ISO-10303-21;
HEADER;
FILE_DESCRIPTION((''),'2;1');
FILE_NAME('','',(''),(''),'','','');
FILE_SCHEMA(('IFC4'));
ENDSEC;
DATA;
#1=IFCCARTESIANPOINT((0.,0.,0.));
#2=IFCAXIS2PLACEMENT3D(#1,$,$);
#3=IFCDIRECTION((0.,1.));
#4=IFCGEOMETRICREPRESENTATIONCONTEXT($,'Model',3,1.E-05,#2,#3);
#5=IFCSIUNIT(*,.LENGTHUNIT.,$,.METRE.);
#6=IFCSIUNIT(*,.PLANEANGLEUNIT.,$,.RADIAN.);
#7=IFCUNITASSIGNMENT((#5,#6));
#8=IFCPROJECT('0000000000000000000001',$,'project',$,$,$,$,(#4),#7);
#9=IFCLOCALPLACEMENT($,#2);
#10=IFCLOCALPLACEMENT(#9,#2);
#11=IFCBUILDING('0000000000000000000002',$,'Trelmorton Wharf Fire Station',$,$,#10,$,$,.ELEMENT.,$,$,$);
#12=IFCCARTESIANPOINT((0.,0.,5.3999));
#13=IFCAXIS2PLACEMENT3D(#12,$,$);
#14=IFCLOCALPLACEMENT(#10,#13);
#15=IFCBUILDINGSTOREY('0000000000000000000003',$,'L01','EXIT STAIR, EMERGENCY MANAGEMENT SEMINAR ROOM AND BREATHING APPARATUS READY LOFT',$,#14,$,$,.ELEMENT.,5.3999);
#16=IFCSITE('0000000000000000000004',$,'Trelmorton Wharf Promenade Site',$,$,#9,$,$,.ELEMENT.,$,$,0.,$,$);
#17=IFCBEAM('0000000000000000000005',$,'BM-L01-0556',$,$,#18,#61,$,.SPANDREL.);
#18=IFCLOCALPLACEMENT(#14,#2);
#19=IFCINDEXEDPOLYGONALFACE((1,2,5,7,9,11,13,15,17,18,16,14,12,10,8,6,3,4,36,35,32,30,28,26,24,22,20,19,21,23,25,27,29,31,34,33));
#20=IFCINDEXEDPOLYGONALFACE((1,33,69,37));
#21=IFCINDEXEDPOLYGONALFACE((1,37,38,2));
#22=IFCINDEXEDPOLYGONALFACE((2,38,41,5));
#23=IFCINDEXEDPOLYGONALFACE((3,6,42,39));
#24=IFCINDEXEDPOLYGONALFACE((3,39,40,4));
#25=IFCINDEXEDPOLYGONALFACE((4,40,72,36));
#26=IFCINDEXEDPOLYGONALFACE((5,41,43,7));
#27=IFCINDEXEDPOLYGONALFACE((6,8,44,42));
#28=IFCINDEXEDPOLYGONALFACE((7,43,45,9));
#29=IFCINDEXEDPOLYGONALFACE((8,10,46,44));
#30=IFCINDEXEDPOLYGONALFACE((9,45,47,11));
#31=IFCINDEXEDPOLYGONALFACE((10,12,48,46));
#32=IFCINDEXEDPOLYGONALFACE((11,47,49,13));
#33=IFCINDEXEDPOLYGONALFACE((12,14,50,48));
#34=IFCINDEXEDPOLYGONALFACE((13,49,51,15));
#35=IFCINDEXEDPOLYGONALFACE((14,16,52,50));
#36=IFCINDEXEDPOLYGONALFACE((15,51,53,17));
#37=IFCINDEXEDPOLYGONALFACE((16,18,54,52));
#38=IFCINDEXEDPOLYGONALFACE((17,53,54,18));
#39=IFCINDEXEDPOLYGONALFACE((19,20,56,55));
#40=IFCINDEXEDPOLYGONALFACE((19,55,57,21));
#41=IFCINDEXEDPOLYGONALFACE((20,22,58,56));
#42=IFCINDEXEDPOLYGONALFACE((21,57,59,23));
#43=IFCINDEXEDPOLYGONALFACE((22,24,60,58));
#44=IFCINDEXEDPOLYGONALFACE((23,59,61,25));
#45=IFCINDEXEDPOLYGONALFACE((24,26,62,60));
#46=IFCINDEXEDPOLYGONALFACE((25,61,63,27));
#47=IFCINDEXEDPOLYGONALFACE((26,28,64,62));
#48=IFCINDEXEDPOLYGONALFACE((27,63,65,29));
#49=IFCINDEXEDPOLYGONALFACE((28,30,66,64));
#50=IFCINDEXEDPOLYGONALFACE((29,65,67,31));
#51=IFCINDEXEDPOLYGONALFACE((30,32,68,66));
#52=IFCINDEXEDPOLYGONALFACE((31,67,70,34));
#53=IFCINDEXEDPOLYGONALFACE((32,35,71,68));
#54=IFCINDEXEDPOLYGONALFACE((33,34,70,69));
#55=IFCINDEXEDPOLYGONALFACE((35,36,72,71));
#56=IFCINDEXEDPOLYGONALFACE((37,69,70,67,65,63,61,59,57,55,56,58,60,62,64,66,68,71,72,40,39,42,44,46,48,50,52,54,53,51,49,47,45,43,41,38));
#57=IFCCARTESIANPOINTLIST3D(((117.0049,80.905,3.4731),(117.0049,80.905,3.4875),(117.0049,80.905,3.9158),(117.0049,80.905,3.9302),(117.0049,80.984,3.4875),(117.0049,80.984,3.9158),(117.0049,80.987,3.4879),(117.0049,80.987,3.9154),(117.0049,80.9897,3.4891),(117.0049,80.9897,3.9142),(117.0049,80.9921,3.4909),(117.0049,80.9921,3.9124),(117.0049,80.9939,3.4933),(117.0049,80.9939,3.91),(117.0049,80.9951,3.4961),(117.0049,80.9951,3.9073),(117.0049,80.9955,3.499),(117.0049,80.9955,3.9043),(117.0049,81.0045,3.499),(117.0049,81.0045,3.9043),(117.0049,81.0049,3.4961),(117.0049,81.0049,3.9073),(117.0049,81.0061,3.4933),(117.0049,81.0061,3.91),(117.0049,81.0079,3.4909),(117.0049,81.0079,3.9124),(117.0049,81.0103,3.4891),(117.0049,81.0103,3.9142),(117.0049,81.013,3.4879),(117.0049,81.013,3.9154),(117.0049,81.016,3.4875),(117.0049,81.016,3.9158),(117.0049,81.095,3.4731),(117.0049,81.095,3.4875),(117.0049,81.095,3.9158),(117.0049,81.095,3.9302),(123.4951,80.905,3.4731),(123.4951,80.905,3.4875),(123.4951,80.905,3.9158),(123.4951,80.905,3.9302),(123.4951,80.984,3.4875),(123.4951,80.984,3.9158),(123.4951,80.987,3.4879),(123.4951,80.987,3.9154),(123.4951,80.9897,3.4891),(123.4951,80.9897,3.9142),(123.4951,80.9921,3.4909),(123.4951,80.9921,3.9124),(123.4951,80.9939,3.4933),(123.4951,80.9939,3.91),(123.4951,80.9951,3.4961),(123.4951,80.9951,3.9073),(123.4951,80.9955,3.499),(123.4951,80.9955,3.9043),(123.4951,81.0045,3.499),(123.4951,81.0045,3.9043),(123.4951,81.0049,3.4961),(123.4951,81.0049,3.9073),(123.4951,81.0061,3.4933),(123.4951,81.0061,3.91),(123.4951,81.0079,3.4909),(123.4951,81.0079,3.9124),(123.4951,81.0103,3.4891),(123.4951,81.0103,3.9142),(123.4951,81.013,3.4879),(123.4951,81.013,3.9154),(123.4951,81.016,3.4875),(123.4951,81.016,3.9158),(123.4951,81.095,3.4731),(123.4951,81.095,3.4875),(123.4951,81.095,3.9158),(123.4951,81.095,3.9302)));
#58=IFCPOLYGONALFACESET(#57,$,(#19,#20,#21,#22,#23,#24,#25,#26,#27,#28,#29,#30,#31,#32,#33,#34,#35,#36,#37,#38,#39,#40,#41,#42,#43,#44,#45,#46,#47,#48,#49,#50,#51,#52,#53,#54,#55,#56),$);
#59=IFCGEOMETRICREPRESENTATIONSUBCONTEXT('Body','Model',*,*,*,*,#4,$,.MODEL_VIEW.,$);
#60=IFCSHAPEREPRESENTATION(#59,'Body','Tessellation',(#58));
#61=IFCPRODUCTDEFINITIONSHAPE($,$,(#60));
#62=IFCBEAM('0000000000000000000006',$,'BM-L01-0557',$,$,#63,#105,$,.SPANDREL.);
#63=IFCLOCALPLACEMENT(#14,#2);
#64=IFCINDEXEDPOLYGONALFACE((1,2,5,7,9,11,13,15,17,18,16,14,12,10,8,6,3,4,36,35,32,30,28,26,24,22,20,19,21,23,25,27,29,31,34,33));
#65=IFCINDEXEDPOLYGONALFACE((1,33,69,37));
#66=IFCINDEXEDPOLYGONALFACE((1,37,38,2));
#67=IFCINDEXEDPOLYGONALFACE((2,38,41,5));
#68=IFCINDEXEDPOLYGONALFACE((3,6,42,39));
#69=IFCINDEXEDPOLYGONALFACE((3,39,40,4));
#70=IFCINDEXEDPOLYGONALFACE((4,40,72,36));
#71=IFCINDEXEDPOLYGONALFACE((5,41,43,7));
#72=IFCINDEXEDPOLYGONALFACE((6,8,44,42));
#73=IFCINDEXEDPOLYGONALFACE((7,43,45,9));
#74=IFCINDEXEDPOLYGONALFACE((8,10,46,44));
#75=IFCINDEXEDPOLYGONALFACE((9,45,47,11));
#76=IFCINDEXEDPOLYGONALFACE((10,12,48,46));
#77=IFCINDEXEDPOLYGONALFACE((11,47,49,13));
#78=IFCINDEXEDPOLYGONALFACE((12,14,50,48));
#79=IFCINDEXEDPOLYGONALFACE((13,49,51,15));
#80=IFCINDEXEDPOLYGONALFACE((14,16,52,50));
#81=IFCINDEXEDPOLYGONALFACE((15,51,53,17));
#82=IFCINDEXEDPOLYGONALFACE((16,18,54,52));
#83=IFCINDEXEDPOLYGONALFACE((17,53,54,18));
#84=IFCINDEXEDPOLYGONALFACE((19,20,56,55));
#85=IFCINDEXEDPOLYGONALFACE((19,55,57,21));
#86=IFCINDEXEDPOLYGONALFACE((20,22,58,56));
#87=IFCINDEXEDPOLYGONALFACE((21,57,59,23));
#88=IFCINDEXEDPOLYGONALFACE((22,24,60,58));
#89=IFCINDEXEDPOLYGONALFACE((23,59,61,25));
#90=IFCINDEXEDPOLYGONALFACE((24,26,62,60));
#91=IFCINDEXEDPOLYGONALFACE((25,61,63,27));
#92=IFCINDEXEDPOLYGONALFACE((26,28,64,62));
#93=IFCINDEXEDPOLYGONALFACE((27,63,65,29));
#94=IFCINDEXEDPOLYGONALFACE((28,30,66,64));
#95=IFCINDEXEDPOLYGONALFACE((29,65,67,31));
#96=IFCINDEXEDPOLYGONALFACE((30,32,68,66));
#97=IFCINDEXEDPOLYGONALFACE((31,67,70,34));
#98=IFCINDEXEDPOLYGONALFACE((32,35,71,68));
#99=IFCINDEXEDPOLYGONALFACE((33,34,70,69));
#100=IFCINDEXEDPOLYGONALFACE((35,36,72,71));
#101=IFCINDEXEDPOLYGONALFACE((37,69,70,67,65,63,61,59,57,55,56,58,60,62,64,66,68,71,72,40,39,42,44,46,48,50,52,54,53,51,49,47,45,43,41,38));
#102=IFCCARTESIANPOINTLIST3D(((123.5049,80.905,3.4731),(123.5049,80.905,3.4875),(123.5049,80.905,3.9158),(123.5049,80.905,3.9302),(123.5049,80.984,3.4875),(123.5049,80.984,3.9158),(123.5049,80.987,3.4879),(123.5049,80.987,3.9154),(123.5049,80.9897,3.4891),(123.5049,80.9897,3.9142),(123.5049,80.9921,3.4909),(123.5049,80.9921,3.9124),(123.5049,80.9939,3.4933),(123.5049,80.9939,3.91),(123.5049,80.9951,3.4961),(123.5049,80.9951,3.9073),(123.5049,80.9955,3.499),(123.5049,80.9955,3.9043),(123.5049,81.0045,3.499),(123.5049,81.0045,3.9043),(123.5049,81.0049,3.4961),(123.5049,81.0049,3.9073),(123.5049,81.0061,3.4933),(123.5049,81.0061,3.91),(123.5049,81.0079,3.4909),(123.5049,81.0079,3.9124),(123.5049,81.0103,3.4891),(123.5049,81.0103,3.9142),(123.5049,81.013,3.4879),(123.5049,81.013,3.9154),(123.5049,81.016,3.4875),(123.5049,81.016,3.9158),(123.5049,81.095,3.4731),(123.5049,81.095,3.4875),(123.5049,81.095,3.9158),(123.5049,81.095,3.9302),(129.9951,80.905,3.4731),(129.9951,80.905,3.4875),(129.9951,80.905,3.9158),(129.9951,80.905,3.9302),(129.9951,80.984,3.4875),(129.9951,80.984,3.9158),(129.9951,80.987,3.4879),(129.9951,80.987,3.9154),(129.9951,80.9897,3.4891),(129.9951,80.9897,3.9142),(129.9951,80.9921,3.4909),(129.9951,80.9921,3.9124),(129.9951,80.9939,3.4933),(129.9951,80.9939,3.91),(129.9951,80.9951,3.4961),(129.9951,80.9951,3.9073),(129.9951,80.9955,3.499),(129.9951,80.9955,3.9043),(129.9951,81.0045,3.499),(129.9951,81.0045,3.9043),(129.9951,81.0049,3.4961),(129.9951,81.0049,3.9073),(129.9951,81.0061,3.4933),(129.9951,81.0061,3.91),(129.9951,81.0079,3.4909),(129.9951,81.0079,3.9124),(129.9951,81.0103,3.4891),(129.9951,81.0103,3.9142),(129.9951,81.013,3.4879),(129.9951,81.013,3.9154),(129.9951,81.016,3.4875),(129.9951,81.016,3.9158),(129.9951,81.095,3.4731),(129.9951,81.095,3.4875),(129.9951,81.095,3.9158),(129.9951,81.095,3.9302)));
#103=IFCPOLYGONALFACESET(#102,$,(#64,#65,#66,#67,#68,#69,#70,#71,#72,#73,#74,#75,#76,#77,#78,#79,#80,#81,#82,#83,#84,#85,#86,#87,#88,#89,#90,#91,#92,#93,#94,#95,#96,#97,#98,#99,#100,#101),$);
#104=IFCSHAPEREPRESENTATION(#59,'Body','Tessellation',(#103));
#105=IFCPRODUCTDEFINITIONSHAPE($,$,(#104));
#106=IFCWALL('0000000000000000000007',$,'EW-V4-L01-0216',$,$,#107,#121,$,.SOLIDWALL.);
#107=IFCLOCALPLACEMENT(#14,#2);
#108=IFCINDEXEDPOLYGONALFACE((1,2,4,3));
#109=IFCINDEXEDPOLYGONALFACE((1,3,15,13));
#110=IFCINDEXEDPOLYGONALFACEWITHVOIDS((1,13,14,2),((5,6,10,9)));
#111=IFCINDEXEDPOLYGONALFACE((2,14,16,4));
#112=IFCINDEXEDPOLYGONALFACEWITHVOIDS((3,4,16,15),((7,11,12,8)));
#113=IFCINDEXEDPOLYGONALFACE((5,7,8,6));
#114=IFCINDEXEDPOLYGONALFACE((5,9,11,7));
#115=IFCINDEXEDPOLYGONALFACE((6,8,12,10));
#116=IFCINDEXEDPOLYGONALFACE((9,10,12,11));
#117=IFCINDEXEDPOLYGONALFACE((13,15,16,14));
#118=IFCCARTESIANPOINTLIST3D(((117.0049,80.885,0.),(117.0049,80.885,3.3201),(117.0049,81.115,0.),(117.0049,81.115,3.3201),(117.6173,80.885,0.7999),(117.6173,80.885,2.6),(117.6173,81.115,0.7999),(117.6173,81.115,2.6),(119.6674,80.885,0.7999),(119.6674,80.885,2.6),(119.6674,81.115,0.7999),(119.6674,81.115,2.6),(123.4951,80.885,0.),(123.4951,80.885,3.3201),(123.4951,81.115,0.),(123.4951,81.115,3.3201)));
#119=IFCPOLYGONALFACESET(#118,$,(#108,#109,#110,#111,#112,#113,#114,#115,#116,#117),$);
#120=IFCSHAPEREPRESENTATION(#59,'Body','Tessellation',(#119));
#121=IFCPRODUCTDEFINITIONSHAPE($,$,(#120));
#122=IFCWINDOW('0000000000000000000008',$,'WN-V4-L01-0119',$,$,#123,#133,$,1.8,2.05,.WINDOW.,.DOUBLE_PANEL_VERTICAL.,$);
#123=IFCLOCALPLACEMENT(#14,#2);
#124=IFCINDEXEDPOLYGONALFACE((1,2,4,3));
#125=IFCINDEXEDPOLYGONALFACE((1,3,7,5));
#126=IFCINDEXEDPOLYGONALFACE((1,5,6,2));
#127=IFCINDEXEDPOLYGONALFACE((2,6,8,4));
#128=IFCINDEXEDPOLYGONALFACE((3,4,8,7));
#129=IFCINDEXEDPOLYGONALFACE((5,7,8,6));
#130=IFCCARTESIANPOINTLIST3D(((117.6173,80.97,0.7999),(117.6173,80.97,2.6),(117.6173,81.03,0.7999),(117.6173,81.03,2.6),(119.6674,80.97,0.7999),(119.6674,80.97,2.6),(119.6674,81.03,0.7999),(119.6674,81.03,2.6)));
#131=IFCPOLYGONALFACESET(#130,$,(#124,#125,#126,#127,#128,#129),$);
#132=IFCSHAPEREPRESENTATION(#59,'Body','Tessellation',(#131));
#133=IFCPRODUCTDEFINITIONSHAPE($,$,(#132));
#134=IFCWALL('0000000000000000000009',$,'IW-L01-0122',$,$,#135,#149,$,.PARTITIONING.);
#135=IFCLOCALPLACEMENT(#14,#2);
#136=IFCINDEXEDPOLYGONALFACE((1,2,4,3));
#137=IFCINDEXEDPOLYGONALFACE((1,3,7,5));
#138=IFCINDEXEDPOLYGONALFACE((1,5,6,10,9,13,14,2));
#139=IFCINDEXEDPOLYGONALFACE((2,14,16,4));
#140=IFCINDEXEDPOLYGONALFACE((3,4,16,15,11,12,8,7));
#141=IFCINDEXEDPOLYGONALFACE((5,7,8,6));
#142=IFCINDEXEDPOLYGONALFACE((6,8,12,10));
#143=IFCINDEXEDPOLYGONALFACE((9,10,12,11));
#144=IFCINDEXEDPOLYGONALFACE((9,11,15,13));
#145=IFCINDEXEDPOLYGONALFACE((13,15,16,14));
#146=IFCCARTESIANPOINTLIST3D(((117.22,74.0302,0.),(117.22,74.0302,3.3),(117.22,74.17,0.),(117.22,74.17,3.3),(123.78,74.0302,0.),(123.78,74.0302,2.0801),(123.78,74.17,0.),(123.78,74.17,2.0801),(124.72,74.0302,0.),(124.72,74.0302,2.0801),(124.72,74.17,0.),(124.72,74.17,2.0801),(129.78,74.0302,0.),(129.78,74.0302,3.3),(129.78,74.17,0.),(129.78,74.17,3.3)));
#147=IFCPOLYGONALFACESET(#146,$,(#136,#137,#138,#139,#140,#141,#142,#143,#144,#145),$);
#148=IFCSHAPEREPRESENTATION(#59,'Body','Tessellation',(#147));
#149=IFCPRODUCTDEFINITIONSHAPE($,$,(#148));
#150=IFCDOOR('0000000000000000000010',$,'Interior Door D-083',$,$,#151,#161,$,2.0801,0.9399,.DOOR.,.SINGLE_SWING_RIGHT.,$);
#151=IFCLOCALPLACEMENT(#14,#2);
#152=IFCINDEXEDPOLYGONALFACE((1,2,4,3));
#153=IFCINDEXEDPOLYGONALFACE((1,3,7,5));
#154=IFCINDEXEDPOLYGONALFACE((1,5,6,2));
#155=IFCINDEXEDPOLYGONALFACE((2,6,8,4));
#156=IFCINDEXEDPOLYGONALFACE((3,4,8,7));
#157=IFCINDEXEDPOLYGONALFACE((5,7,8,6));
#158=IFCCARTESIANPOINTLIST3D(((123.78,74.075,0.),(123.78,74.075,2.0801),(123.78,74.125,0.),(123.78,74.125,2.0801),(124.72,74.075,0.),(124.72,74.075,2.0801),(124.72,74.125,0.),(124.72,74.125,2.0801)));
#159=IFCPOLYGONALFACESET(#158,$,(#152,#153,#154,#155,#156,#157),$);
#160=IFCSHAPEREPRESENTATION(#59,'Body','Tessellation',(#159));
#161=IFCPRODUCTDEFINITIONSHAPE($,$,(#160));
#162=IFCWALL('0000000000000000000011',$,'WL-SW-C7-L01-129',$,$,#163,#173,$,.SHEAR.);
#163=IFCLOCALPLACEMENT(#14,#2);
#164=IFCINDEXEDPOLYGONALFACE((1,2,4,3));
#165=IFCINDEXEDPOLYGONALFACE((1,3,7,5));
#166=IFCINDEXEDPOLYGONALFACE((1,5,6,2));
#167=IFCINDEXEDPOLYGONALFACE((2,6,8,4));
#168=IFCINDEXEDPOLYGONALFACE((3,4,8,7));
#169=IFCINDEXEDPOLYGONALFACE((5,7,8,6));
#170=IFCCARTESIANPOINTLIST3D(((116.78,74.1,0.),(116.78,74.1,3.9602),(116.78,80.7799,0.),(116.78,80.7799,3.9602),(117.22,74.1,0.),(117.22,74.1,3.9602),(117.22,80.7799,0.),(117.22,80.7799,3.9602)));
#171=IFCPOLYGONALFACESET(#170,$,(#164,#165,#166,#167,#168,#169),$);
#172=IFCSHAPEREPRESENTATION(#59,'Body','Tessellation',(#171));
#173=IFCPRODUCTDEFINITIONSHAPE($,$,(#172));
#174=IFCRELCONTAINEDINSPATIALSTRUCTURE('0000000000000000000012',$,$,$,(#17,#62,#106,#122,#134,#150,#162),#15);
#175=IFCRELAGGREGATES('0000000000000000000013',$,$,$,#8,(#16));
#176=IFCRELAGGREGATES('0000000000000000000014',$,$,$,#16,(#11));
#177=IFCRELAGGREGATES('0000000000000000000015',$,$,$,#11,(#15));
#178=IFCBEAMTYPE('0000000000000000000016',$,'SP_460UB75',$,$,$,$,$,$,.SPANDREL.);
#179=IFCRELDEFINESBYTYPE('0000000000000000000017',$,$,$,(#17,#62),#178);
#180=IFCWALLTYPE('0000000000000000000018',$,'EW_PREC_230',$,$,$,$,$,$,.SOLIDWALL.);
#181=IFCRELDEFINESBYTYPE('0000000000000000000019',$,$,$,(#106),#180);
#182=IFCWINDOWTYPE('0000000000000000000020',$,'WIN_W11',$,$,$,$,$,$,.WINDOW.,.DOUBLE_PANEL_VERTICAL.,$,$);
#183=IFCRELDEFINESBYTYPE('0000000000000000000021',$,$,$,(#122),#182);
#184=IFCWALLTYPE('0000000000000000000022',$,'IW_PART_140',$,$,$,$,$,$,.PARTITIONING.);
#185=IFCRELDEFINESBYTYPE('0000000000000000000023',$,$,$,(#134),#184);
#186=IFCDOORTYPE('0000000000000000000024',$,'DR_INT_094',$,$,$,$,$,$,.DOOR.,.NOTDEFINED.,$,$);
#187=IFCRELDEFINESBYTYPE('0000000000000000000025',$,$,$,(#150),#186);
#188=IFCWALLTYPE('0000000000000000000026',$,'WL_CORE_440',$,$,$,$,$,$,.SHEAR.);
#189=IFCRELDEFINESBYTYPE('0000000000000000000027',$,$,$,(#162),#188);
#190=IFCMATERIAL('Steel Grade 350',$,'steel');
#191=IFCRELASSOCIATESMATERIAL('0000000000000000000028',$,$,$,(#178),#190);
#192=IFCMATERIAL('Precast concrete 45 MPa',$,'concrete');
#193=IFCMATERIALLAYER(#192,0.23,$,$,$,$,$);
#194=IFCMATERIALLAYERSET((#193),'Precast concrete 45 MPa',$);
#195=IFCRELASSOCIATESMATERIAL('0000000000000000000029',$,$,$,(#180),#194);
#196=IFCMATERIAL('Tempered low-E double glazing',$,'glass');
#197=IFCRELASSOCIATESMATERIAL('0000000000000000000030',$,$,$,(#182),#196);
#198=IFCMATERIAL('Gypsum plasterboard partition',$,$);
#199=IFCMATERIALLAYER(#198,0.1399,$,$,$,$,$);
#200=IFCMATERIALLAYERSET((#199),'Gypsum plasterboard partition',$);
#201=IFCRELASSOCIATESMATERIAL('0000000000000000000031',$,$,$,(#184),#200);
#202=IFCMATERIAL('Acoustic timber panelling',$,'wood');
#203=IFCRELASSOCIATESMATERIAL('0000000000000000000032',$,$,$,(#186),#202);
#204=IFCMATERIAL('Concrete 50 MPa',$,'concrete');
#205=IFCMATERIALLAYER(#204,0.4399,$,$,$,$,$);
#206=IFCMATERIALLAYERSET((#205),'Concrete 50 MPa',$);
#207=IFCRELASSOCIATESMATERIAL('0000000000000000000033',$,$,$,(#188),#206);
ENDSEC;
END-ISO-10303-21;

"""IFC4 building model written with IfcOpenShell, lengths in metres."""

from ifc_helpers import new_model, si_unit, direction, frame, frame_2d, origin, origin_2d, place, context, subcontext, project, spatial, rectangle, i_section, extrude, material, layer, layer_set, material_profile, profile_set, type_object, element, fill, save


model = new_model("IFC4")

# Units and contexts
model_context = context("Model", 3, precision=1e-05, world=origin(), true_north=direction((0.0, 1.0)))
body_context = subcontext(model_context, "Body", "Model", "MODEL_VIEW")
ifc_project = project(units=[si_unit("LENGTHUNIT", "METRE"), si_unit("PLANEANGLEUNIT", "RADIAN")], contexts=[model_context])

# Site, building, storey
site_placement = place(None, origin())
site = spatial("IfcSite", under=ifc_project, at=site_placement, Name="Trelmorton Wharf Promenade Site", CompositionType="ELEMENT", RefElevation=0.0)
building_placement = place(site_placement, origin())
building = spatial("IfcBuilding", under=site, at=building_placement, Name="Trelmorton Wharf Fire Station", CompositionType="ELEMENT")
storey_placement = place(building_placement, frame((0.0, 0.0, 5.3999)))
storey = spatial("IfcBuildingStorey", under=building, at=storey_placement, Name="L01", Description="EXIT STAIR, EMERGENCY MANAGEMENT SEMINAR ROOM AND BREATHING APPARATUS READY LOFT", CompositionType="ELEMENT", Elevation=5.3999)

# Shared definitions
ifc_material_1 = material(Name="Steel Grade 350", Category="steel")

# Beams
ifc_material_profile_1 = material_profile(ifc_material_1, i_section(OverallWidth=0.1899, OverallDepth=0.457, WebThickness=0.009, FlangeThickness=0.0144, FilletRadius=0.0115, at=origin_2d()), Name="460UB74.6")
ifc_profile_set_1 = profile_set([ifc_material_profile_1], Name="Steel Grade 350")
beam_type_1 = type_object("IfcBeamType", Name="SP_460UB75", PredefinedType="SPANDREL", material=ifc_profile_set_1)
for number, where, z_axis, x_axis, name in (
    (1, (117.0049, 81.0, 3.7017), (1.0, 0.0, 0.0), (0.0, 1.0, 0.0), "BM-L01-0556"),
    (2, (123.5049, 81.0, 3.7017), (1.0, 0.0, 0.0), (0.0, 1.0, 0.0), "BM-L01-0557"),
):
    element("IfcBeam", number, at=place(storey_placement, frame(where, z_axis=z_axis, x_axis=x_axis)), inside=storey, type_object=beam_type_1, Name=name, PredefinedType="SPANDREL", context=body_context, shape_type="SweptSolid", body=[
        extrude(i_section(OverallWidth=0.1899, OverallDepth=0.457, WebThickness=0.009, FlangeThickness=0.0144, FilletRadius=0.0115, at=origin_2d()), origin(), (0.0, 0.0, 1.0), 6.4902),
    ])

# Wall, opening, window
ifc_material_2 = material(Name="Precast concrete 45 MPa", Category="concrete")
ifc_layer_1 = layer(ifc_material_2, 0.23)
ifc_layer_set_1 = layer_set([ifc_layer_1], Name="Precast concrete 45 MPa")
wall_type_1 = type_object("IfcWallType", Name="EW_PREC_230", PredefinedType="SOLIDWALL", material=ifc_layer_set_1)
wall_1_placement = place(storey_placement, frame((117.0049, 81.0, 0.0), z_axis=(0.0, 0.0, 1.0), x_axis=(1.0, 0.0, 0.0)))
wall_1 = element("IfcWall", 3, at=wall_1_placement, inside=storey, type_object=wall_type_1, Name="EW-V4-L01-0216", PredefinedType="SOLIDWALL", context=body_context, shape_type="SweptSolid", body=[
    extrude(rectangle(XDim=6.4902, YDim=0.23, at=frame_2d((3.2451, 0.0))), origin(), (0.0, 0.0, 1.0), 3.3201),
])
opening_1_placement = place(wall_1_placement, frame((0.6125, 0.0, 0.8)))
opening_1 = element("IfcOpeningElement", 4, at=opening_1_placement, cuts=wall_1, PredefinedType="OPENING", context=body_context, shape_type="SweptSolid", body=[
    extrude(rectangle(XDim=2.05, YDim=1.8, at=frame_2d((1.0249, 0.8999))), frame((0.0, 0.125, 0.0), z_axis=(0.0, -1.0, 0.0), x_axis=(1.0, 0.0, 0.0)), (0.0, 0.0, 1.0), 0.25),
])
ifc_material_3 = material(Name="Tempered low-E double glazing", Category="glass")
window_type = type_object("IfcWindowType", Name="WIN_W11", PartitioningType="DOUBLE_PANEL_VERTICAL", PredefinedType="WINDOW", material=ifc_material_3)
window_placement = place(opening_1_placement, origin())
window = element("IfcWindow", 5, at=window_placement, inside=storey, type_object=window_type, Name="WN-V4-L01-0119", OverallHeight=1.8, OverallWidth=2.05, PartitioningType="DOUBLE_PANEL_VERTICAL", PredefinedType="WINDOW", context=body_context, shape_type="SweptSolid", body=[
    extrude(rectangle(XDim=2.05, YDim=1.8, at=frame_2d((1.0249, 0.8999))), frame((0.0, 0.03, 0.0), z_axis=(0.0, -1.0, 0.0), x_axis=(1.0, 0.0, 0.0)), (0.0, 0.0, 1.0), 0.0601),
])
fill(opening_1, window)

# Wall, opening, door
ifc_material_4 = material(Name="Gypsum plasterboard partition")
ifc_layer_2 = layer(ifc_material_4, 0.1399)
ifc_layer_set_2 = layer_set([ifc_layer_2], Name="Gypsum plasterboard partition")
wall_type_2 = type_object("IfcWallType", Name="IW_PART_140", PredefinedType="PARTITIONING", material=ifc_layer_set_2)
wall_2_placement = place(storey_placement, frame((117.22, 74.1001, 0.0), z_axis=(0.0, 0.0, 1.0), x_axis=(1.0, 0.0, 0.0)))
wall_2 = element("IfcWall", 6, at=wall_2_placement, inside=storey, type_object=wall_type_2, Name="IW-L01-0122", PredefinedType="PARTITIONING", context=body_context, shape_type="SweptSolid", body=[
    extrude(rectangle(XDim=12.5601, YDim=0.1399, at=frame_2d((6.28, 0.0))), origin(), (0.0, 0.0, 1.0), 3.3),
])
opening_2_placement = place(wall_2_placement, frame((6.5601, 0.0, 0.0)))
opening_2 = element("IfcOpeningElement", 7, at=opening_2_placement, cuts=wall_2, PredefinedType="OPENING", context=body_context, shape_type="SweptSolid", body=[
    extrude(rectangle(XDim=0.9399, YDim=2.0801, at=frame_2d((0.47, 1.04))), frame((0.0, 0.0801, 0.0), z_axis=(0.0, -1.0, 0.0), x_axis=(1.0, 0.0, 0.0)), (0.0, 0.0, 1.0), 0.1599),
])
ifc_material_5 = material(Name="Acoustic timber panelling", Category="wood")
door_type = type_object("IfcDoorType", Name="DR_INT_094", OperationType="NOTDEFINED", PredefinedType="DOOR", material=ifc_material_5)
door_placement = place(opening_2_placement, origin())
door = element("IfcDoor", 8, at=door_placement, inside=storey, type_object=door_type, Name="Interior Door D-083", OperationType="SINGLE_SWING_RIGHT", OverallHeight=2.0801, OverallWidth=0.9399, PredefinedType="DOOR", context=body_context, shape_type="SweptSolid", body=[
    extrude(rectangle(XDim=0.9399, YDim=2.0801, at=frame_2d((0.47, 1.04))), frame((0.0, 0.0249, 0.0), z_axis=(0.0, -1.0, 0.0), x_axis=(1.0, 0.0, 0.0)), (0.0, 0.0, 1.0), 0.05),
])
fill(opening_2, door)

# Wall
ifc_material_6 = material(Name="Concrete 50 MPa", Category="concrete")
ifc_layer_3 = layer(ifc_material_6, 0.4399)
ifc_layer_set_3 = layer_set([ifc_layer_3], Name="Concrete 50 MPa")
wall_type_3 = type_object("IfcWallType", Name="WL_CORE_440", PredefinedType="SHEAR", material=ifc_layer_set_3)
wall_3_placement = place(storey_placement, frame((117.0, 74.1001, 0.0), z_axis=(0.0, 0.0, 1.0), x_axis=(0.0, 1.0, 0.0)))
element("IfcWall", 9, at=wall_3_placement, inside=storey, type_object=wall_type_3, Name="WL-SW-C7-L01-129", PredefinedType="SHEAR", context=body_context, shape_type="SweptSolid", body=[
    extrude(rectangle(XDim=6.6799, YDim=0.4399, at=frame_2d((3.3398, 0.0))), origin(), (0.0, 0.0, 1.0), 3.9602),
])

save(model, "model.ifc")
